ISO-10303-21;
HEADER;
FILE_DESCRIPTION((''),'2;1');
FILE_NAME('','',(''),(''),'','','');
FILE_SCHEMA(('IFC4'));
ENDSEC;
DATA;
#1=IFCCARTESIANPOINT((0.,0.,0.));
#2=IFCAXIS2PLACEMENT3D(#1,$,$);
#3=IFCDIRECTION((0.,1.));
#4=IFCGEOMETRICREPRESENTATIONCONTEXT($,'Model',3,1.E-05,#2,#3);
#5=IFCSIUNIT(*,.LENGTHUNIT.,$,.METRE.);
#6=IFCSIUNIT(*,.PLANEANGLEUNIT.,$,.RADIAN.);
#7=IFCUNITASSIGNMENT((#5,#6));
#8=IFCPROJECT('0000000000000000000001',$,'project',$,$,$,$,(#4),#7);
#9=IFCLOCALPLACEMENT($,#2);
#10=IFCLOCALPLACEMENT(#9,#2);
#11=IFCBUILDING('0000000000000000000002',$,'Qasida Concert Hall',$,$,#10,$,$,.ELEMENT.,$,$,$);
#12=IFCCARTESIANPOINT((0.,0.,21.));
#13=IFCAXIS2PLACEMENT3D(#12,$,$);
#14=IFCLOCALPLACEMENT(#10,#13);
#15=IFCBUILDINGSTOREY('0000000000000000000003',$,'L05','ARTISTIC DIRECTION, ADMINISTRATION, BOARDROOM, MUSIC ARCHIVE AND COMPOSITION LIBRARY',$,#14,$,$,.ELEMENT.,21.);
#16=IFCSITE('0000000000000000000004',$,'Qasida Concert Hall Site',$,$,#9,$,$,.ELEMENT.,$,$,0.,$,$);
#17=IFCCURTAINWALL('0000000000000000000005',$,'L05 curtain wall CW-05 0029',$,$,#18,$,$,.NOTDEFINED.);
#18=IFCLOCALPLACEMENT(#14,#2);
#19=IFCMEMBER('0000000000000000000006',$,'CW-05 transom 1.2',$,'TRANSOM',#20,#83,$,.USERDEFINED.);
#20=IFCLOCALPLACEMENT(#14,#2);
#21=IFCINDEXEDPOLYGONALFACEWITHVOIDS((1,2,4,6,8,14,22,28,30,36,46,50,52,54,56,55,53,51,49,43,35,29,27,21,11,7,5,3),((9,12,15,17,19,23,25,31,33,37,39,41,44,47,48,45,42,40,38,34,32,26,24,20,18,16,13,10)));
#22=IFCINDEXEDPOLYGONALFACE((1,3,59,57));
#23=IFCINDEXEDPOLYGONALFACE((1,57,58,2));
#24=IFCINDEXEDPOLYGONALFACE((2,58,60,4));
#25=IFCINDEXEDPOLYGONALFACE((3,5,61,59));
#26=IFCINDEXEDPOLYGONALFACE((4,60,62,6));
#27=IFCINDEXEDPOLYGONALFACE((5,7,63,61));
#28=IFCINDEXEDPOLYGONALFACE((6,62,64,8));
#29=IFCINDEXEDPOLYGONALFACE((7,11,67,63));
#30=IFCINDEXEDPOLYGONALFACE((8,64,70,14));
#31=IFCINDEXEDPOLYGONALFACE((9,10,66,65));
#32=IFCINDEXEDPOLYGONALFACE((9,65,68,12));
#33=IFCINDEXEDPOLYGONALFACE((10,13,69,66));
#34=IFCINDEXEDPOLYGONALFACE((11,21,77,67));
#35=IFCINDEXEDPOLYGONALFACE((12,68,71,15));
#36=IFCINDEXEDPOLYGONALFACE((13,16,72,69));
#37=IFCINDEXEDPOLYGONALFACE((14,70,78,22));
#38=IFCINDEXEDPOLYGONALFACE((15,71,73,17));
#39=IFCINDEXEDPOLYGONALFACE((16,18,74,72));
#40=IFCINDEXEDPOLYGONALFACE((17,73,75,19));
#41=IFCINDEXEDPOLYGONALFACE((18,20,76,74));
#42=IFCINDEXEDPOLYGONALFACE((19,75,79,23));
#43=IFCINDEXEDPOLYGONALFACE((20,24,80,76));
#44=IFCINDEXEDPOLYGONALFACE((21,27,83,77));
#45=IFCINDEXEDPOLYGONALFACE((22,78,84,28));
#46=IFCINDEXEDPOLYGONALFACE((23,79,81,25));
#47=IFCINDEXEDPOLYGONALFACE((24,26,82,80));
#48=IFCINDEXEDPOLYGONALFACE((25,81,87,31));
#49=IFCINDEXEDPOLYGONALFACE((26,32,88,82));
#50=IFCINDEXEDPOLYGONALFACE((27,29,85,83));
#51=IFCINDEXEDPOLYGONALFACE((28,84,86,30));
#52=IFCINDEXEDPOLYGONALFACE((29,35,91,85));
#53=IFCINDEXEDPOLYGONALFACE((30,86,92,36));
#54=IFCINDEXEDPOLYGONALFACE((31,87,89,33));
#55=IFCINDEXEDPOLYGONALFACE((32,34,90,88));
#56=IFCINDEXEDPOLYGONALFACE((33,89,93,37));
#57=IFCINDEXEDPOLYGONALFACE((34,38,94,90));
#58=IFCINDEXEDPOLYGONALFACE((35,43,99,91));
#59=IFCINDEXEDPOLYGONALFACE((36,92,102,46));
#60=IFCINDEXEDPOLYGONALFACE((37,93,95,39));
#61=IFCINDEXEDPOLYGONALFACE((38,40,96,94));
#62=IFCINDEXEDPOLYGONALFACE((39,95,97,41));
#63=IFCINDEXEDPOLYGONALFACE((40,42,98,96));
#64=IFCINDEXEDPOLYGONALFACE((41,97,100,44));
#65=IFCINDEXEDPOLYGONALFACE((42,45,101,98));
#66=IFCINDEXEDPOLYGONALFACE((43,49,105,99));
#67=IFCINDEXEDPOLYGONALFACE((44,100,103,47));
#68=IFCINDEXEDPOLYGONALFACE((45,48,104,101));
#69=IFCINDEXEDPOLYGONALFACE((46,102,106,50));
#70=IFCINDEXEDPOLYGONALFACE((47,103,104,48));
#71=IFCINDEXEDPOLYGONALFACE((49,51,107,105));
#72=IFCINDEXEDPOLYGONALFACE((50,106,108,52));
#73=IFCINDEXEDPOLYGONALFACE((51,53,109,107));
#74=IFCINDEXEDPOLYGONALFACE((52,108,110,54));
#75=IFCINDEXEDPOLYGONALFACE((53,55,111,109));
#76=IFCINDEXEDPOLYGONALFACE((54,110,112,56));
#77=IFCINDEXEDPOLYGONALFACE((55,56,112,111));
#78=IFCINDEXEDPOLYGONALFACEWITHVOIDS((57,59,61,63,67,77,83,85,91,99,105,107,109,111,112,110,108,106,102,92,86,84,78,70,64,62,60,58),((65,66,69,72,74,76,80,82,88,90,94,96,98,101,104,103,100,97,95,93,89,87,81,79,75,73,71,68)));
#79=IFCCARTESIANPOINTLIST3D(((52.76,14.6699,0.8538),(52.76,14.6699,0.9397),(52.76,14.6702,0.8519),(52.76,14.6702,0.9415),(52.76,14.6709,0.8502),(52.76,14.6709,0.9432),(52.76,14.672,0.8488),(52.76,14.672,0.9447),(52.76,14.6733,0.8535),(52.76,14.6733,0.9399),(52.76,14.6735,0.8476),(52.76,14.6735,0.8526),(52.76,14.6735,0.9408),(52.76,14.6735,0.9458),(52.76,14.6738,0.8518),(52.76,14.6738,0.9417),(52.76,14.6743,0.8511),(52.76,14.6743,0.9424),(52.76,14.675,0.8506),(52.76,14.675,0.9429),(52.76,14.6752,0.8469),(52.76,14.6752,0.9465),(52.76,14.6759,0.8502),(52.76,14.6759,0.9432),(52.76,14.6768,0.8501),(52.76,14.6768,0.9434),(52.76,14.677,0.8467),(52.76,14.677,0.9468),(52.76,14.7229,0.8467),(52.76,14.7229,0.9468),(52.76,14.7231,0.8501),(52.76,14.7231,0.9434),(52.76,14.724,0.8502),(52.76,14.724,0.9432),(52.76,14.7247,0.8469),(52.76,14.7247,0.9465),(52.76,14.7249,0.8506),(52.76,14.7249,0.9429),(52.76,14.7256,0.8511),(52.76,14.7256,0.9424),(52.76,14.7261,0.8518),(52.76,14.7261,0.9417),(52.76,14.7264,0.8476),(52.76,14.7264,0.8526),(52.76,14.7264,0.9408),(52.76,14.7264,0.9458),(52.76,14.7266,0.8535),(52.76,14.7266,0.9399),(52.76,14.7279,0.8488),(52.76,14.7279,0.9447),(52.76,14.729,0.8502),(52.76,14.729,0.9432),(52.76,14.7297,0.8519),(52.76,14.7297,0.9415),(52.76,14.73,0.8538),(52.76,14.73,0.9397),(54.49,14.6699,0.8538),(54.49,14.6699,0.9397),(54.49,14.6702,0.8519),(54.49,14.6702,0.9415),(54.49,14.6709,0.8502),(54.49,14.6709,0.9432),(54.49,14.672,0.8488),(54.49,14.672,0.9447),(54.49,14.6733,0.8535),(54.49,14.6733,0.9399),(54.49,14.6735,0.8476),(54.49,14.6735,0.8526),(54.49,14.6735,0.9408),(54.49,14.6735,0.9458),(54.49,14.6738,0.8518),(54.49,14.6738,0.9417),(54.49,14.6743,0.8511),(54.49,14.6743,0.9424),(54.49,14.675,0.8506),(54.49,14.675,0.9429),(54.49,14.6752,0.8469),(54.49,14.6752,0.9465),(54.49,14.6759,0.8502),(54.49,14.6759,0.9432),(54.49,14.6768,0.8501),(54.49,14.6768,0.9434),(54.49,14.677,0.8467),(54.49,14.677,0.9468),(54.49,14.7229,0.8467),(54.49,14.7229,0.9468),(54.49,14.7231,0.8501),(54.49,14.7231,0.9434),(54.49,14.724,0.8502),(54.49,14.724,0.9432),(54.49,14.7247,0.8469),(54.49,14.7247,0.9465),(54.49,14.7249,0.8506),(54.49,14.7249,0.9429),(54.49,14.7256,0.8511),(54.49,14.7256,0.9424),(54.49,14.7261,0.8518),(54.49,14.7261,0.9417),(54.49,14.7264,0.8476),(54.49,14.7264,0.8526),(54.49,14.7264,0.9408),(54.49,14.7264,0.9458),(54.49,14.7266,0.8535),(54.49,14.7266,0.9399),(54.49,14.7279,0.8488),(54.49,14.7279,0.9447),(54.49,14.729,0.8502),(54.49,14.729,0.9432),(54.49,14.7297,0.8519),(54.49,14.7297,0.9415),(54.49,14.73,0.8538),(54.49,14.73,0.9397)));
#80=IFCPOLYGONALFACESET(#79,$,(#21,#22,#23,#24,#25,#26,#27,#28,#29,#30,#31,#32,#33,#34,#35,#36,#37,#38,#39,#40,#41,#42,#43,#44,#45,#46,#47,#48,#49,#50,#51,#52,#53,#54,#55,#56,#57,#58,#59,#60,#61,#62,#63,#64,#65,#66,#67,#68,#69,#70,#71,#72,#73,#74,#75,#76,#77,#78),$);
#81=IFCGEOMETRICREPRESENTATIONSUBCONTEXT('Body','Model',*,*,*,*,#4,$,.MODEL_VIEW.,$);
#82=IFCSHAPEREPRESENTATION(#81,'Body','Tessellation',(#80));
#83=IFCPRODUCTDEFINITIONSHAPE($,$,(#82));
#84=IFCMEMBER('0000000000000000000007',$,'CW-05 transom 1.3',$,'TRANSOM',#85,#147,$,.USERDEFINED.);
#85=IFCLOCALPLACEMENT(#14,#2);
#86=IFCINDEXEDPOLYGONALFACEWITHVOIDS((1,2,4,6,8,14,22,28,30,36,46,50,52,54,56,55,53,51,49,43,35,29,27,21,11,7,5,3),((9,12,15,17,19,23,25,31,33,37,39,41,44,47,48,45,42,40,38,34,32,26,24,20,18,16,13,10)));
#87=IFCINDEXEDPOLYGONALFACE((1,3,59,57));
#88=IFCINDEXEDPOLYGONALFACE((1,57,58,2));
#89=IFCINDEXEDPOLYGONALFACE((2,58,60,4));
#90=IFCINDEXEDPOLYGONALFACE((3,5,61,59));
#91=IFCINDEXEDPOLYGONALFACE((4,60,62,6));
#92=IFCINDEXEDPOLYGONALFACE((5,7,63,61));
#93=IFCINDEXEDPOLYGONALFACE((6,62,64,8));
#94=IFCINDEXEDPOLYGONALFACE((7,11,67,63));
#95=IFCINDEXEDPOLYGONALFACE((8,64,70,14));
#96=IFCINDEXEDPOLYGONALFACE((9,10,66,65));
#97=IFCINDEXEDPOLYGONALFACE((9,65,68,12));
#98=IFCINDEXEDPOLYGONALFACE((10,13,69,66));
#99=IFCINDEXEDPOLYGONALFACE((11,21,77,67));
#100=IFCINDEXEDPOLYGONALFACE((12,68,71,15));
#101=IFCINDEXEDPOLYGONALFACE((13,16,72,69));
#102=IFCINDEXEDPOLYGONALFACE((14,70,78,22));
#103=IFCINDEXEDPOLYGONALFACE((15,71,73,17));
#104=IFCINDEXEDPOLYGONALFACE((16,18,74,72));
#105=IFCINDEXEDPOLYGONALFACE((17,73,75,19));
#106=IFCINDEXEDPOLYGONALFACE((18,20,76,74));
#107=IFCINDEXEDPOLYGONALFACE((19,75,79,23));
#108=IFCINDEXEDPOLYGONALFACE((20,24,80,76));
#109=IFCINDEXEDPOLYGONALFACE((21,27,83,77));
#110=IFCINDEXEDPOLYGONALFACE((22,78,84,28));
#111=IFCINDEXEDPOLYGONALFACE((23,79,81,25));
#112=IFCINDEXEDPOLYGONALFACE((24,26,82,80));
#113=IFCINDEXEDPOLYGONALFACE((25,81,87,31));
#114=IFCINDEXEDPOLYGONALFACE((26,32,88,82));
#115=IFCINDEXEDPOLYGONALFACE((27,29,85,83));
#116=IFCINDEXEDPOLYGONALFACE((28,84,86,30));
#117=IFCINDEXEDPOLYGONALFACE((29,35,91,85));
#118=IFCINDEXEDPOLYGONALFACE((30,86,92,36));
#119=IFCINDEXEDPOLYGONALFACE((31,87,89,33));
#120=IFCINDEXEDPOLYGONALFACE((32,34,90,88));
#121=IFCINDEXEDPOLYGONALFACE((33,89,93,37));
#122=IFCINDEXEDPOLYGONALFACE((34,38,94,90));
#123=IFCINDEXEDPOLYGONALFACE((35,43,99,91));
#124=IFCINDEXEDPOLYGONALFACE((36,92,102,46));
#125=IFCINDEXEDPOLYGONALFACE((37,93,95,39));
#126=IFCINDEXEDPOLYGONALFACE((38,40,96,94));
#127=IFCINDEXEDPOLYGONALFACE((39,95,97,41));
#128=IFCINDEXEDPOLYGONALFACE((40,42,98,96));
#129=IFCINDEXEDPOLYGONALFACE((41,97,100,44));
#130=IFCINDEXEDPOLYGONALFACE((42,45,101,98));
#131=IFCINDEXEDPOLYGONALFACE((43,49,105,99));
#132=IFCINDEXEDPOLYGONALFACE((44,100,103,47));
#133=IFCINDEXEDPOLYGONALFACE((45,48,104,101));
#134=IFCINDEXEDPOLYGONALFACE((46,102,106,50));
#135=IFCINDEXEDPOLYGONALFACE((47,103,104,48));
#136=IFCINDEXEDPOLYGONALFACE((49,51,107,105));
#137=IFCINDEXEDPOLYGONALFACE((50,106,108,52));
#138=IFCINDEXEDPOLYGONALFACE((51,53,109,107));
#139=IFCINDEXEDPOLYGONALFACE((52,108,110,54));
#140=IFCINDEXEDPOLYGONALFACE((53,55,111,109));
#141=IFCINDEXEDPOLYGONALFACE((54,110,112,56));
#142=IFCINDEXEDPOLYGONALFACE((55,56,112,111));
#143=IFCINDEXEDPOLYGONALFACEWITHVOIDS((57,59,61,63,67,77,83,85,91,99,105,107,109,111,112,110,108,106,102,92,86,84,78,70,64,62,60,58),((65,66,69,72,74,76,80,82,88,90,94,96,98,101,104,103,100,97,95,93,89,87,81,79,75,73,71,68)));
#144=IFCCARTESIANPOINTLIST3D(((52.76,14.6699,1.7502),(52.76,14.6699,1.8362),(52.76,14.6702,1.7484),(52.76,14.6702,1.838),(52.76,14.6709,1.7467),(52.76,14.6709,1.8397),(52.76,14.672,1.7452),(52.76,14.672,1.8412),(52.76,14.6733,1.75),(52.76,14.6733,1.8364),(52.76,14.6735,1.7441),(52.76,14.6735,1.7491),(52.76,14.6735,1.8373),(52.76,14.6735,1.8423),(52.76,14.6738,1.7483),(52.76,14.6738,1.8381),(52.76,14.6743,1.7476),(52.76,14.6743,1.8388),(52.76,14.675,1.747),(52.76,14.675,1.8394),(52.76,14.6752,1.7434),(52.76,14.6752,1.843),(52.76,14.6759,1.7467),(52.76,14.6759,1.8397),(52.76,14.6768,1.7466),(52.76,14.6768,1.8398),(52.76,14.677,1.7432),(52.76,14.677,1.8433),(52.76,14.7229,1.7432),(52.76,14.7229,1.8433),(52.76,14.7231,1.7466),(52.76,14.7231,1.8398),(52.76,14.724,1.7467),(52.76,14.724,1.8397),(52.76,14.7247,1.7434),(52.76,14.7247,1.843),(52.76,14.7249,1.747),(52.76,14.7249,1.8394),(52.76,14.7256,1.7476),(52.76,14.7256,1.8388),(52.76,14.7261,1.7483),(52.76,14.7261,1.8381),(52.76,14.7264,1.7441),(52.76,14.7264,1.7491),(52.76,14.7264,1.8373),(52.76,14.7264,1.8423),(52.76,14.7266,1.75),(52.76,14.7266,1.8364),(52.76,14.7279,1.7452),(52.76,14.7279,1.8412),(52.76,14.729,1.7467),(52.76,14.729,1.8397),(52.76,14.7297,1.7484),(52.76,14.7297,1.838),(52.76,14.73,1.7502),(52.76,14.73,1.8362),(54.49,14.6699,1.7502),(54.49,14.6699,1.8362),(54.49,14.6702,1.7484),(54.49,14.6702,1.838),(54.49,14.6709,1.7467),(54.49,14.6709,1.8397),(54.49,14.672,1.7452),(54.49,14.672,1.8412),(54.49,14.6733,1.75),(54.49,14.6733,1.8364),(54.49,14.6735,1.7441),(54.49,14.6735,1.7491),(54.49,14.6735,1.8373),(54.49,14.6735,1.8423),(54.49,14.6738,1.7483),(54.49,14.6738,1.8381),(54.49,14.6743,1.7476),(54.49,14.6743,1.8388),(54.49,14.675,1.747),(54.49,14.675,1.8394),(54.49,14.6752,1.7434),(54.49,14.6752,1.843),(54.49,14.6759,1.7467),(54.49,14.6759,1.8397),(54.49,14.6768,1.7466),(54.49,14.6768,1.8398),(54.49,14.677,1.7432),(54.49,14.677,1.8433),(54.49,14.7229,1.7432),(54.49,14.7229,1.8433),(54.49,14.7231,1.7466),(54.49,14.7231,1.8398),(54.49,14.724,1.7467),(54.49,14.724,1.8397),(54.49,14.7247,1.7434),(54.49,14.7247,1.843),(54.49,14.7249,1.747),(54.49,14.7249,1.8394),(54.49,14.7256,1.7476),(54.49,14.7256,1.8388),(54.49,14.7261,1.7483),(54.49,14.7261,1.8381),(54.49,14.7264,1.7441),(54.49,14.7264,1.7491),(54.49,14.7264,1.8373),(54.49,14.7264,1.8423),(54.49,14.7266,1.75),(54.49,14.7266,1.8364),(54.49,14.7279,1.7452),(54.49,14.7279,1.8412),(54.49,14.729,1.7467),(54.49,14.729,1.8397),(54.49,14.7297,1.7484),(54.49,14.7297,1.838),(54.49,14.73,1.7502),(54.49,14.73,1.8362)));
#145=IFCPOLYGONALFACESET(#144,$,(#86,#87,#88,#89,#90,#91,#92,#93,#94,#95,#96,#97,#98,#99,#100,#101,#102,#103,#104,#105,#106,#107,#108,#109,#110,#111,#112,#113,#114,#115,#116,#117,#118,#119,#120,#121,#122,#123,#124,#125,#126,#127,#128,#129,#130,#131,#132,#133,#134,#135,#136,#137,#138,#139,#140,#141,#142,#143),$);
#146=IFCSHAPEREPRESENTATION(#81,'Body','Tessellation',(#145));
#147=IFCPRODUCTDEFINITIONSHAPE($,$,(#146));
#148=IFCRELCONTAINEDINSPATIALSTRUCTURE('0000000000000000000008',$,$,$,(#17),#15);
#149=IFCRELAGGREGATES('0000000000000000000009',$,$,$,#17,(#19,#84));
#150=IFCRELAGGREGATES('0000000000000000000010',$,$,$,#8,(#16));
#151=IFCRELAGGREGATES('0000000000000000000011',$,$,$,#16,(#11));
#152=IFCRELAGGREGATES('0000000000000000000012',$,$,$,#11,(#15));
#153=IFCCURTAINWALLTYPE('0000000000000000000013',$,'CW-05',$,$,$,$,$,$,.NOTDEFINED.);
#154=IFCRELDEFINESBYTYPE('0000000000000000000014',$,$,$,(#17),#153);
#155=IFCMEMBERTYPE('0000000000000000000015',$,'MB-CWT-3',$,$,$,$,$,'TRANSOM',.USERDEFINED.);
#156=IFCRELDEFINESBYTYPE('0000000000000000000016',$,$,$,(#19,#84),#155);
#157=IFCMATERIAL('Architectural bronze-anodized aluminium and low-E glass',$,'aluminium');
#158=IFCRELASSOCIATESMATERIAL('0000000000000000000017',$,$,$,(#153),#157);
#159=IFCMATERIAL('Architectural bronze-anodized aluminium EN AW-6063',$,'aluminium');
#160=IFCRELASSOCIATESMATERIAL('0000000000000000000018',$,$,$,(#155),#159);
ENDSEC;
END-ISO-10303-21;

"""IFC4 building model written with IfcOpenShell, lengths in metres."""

from ifc_helpers import new_model, si_unit, direction, frame, origin, origin_2d, place, context, subcontext, project, spatial, hollow_rectangle, extrude, material, material_profile, profile_set, type_object, element, aggregate, save


model = new_model("IFC4")

# Units and contexts
model_context = context("Model", 3, precision=1e-05, world=origin(), true_north=direction((0.0, 1.0)))
body_context = subcontext(model_context, "Body", "Model", "MODEL_VIEW")
ifc_project = project(units=[si_unit("LENGTHUNIT", "METRE"), si_unit("PLANEANGLEUNIT", "RADIAN")], contexts=[model_context])

# Site, building, storey
site_placement = place(None, origin())
site = spatial("IfcSite", under=ifc_project, at=site_placement, Name="Qasida Concert Hall Site", CompositionType="ELEMENT", RefElevation=0.0)
building_placement = place(site_placement, origin())
building = spatial("IfcBuilding", under=site, at=building_placement, Name="Qasida Concert Hall", CompositionType="ELEMENT")
storey_placement = place(building_placement, frame((0.0, 0.0, 21.0)))
storey = spatial("IfcBuildingStorey", under=building, at=storey_placement, Name="L05", Description="ARTISTIC DIRECTION, ADMINISTRATION, BOARDROOM, MUSIC ARCHIVE AND COMPOSITION LIBRARY", CompositionType="ELEMENT", Elevation=21.0)

# Curtain wall
ifc_material_1 = material(Name="Architectural bronze-anodized aluminium and low-E glass", Category="aluminium")
curtain_wall_type = type_object("IfcCurtainWallType", Name="CW-05", PredefinedType="NOTDEFINED", material=ifc_material_1)
curtain_wall_1_placement = place(storey_placement, origin())
curtain_wall_1 = element("IfcCurtainWall", 1, at=curtain_wall_1_placement, inside=storey, type_object=curtain_wall_type, Name="L05 curtain wall CW-05 0029", PredefinedType="NOTDEFINED")
ifc_material_2 = material(Name="Architectural bronze-anodized aluminium EN AW-6063", Category="aluminium")

# Members
ifc_material_profile_1 = material_profile(ifc_material_2, hollow_rectangle(XDim=0.0601, YDim=0.1001, WallThickness=0.0034, InnerFilletRadius=0.0034, OuterFilletRadius=0.0071, at=origin_2d()), Name="CWT 100x60x3.5")
ifc_profile_set_1 = profile_set([ifc_material_profile_1], Name="Architectural bronze-anodized aluminium EN AW-6063")
member_type_1 = type_object("IfcMemberType", Name="MB-CWT-3", ElementType="TRANSOM", PredefinedType="USERDEFINED", material=ifc_profile_set_1)
member_1_placement = place(storey_placement, frame((52.76, 14.7, 0.8967), z_axis=(1.0, 0.0, 0.0), x_axis=(0.0, 1.0, 0.0)))
member_1 = element("IfcMember", 2, at=member_1_placement, type_object=member_type_1, Name="CW-05 transom 1.2", ObjectType="TRANSOM", PredefinedType="USERDEFINED", context=body_context, shape_type="SweptSolid", body=[
    extrude(hollow_rectangle(XDim=0.0601, YDim=0.1001, WallThickness=0.0034, InnerFilletRadius=0.0034, OuterFilletRadius=0.0071, at=origin_2d()), origin(), (0.0, 0.0, 1.0), 1.73),
])
member_2_placement = place(storey_placement, frame((52.76, 14.7, 1.7932), z_axis=(1.0, 0.0, 0.0), x_axis=(0.0, 1.0, 0.0)))
member_2 = element("IfcMember", 3, at=member_2_placement, type_object=member_type_1, Name="CW-05 transom 1.3", ObjectType="TRANSOM", PredefinedType="USERDEFINED", context=body_context, shape_type="SweptSolid", body=[
    extrude(hollow_rectangle(XDim=0.0601, YDim=0.1001, WallThickness=0.0034, InnerFilletRadius=0.0034, OuterFilletRadius=0.0071, at=origin_2d()), origin(), (0.0, 0.0, 1.0), 1.73),
])
aggregate(curtain_wall_1, [member_1, member_2])

save(model, "model.ifc")
